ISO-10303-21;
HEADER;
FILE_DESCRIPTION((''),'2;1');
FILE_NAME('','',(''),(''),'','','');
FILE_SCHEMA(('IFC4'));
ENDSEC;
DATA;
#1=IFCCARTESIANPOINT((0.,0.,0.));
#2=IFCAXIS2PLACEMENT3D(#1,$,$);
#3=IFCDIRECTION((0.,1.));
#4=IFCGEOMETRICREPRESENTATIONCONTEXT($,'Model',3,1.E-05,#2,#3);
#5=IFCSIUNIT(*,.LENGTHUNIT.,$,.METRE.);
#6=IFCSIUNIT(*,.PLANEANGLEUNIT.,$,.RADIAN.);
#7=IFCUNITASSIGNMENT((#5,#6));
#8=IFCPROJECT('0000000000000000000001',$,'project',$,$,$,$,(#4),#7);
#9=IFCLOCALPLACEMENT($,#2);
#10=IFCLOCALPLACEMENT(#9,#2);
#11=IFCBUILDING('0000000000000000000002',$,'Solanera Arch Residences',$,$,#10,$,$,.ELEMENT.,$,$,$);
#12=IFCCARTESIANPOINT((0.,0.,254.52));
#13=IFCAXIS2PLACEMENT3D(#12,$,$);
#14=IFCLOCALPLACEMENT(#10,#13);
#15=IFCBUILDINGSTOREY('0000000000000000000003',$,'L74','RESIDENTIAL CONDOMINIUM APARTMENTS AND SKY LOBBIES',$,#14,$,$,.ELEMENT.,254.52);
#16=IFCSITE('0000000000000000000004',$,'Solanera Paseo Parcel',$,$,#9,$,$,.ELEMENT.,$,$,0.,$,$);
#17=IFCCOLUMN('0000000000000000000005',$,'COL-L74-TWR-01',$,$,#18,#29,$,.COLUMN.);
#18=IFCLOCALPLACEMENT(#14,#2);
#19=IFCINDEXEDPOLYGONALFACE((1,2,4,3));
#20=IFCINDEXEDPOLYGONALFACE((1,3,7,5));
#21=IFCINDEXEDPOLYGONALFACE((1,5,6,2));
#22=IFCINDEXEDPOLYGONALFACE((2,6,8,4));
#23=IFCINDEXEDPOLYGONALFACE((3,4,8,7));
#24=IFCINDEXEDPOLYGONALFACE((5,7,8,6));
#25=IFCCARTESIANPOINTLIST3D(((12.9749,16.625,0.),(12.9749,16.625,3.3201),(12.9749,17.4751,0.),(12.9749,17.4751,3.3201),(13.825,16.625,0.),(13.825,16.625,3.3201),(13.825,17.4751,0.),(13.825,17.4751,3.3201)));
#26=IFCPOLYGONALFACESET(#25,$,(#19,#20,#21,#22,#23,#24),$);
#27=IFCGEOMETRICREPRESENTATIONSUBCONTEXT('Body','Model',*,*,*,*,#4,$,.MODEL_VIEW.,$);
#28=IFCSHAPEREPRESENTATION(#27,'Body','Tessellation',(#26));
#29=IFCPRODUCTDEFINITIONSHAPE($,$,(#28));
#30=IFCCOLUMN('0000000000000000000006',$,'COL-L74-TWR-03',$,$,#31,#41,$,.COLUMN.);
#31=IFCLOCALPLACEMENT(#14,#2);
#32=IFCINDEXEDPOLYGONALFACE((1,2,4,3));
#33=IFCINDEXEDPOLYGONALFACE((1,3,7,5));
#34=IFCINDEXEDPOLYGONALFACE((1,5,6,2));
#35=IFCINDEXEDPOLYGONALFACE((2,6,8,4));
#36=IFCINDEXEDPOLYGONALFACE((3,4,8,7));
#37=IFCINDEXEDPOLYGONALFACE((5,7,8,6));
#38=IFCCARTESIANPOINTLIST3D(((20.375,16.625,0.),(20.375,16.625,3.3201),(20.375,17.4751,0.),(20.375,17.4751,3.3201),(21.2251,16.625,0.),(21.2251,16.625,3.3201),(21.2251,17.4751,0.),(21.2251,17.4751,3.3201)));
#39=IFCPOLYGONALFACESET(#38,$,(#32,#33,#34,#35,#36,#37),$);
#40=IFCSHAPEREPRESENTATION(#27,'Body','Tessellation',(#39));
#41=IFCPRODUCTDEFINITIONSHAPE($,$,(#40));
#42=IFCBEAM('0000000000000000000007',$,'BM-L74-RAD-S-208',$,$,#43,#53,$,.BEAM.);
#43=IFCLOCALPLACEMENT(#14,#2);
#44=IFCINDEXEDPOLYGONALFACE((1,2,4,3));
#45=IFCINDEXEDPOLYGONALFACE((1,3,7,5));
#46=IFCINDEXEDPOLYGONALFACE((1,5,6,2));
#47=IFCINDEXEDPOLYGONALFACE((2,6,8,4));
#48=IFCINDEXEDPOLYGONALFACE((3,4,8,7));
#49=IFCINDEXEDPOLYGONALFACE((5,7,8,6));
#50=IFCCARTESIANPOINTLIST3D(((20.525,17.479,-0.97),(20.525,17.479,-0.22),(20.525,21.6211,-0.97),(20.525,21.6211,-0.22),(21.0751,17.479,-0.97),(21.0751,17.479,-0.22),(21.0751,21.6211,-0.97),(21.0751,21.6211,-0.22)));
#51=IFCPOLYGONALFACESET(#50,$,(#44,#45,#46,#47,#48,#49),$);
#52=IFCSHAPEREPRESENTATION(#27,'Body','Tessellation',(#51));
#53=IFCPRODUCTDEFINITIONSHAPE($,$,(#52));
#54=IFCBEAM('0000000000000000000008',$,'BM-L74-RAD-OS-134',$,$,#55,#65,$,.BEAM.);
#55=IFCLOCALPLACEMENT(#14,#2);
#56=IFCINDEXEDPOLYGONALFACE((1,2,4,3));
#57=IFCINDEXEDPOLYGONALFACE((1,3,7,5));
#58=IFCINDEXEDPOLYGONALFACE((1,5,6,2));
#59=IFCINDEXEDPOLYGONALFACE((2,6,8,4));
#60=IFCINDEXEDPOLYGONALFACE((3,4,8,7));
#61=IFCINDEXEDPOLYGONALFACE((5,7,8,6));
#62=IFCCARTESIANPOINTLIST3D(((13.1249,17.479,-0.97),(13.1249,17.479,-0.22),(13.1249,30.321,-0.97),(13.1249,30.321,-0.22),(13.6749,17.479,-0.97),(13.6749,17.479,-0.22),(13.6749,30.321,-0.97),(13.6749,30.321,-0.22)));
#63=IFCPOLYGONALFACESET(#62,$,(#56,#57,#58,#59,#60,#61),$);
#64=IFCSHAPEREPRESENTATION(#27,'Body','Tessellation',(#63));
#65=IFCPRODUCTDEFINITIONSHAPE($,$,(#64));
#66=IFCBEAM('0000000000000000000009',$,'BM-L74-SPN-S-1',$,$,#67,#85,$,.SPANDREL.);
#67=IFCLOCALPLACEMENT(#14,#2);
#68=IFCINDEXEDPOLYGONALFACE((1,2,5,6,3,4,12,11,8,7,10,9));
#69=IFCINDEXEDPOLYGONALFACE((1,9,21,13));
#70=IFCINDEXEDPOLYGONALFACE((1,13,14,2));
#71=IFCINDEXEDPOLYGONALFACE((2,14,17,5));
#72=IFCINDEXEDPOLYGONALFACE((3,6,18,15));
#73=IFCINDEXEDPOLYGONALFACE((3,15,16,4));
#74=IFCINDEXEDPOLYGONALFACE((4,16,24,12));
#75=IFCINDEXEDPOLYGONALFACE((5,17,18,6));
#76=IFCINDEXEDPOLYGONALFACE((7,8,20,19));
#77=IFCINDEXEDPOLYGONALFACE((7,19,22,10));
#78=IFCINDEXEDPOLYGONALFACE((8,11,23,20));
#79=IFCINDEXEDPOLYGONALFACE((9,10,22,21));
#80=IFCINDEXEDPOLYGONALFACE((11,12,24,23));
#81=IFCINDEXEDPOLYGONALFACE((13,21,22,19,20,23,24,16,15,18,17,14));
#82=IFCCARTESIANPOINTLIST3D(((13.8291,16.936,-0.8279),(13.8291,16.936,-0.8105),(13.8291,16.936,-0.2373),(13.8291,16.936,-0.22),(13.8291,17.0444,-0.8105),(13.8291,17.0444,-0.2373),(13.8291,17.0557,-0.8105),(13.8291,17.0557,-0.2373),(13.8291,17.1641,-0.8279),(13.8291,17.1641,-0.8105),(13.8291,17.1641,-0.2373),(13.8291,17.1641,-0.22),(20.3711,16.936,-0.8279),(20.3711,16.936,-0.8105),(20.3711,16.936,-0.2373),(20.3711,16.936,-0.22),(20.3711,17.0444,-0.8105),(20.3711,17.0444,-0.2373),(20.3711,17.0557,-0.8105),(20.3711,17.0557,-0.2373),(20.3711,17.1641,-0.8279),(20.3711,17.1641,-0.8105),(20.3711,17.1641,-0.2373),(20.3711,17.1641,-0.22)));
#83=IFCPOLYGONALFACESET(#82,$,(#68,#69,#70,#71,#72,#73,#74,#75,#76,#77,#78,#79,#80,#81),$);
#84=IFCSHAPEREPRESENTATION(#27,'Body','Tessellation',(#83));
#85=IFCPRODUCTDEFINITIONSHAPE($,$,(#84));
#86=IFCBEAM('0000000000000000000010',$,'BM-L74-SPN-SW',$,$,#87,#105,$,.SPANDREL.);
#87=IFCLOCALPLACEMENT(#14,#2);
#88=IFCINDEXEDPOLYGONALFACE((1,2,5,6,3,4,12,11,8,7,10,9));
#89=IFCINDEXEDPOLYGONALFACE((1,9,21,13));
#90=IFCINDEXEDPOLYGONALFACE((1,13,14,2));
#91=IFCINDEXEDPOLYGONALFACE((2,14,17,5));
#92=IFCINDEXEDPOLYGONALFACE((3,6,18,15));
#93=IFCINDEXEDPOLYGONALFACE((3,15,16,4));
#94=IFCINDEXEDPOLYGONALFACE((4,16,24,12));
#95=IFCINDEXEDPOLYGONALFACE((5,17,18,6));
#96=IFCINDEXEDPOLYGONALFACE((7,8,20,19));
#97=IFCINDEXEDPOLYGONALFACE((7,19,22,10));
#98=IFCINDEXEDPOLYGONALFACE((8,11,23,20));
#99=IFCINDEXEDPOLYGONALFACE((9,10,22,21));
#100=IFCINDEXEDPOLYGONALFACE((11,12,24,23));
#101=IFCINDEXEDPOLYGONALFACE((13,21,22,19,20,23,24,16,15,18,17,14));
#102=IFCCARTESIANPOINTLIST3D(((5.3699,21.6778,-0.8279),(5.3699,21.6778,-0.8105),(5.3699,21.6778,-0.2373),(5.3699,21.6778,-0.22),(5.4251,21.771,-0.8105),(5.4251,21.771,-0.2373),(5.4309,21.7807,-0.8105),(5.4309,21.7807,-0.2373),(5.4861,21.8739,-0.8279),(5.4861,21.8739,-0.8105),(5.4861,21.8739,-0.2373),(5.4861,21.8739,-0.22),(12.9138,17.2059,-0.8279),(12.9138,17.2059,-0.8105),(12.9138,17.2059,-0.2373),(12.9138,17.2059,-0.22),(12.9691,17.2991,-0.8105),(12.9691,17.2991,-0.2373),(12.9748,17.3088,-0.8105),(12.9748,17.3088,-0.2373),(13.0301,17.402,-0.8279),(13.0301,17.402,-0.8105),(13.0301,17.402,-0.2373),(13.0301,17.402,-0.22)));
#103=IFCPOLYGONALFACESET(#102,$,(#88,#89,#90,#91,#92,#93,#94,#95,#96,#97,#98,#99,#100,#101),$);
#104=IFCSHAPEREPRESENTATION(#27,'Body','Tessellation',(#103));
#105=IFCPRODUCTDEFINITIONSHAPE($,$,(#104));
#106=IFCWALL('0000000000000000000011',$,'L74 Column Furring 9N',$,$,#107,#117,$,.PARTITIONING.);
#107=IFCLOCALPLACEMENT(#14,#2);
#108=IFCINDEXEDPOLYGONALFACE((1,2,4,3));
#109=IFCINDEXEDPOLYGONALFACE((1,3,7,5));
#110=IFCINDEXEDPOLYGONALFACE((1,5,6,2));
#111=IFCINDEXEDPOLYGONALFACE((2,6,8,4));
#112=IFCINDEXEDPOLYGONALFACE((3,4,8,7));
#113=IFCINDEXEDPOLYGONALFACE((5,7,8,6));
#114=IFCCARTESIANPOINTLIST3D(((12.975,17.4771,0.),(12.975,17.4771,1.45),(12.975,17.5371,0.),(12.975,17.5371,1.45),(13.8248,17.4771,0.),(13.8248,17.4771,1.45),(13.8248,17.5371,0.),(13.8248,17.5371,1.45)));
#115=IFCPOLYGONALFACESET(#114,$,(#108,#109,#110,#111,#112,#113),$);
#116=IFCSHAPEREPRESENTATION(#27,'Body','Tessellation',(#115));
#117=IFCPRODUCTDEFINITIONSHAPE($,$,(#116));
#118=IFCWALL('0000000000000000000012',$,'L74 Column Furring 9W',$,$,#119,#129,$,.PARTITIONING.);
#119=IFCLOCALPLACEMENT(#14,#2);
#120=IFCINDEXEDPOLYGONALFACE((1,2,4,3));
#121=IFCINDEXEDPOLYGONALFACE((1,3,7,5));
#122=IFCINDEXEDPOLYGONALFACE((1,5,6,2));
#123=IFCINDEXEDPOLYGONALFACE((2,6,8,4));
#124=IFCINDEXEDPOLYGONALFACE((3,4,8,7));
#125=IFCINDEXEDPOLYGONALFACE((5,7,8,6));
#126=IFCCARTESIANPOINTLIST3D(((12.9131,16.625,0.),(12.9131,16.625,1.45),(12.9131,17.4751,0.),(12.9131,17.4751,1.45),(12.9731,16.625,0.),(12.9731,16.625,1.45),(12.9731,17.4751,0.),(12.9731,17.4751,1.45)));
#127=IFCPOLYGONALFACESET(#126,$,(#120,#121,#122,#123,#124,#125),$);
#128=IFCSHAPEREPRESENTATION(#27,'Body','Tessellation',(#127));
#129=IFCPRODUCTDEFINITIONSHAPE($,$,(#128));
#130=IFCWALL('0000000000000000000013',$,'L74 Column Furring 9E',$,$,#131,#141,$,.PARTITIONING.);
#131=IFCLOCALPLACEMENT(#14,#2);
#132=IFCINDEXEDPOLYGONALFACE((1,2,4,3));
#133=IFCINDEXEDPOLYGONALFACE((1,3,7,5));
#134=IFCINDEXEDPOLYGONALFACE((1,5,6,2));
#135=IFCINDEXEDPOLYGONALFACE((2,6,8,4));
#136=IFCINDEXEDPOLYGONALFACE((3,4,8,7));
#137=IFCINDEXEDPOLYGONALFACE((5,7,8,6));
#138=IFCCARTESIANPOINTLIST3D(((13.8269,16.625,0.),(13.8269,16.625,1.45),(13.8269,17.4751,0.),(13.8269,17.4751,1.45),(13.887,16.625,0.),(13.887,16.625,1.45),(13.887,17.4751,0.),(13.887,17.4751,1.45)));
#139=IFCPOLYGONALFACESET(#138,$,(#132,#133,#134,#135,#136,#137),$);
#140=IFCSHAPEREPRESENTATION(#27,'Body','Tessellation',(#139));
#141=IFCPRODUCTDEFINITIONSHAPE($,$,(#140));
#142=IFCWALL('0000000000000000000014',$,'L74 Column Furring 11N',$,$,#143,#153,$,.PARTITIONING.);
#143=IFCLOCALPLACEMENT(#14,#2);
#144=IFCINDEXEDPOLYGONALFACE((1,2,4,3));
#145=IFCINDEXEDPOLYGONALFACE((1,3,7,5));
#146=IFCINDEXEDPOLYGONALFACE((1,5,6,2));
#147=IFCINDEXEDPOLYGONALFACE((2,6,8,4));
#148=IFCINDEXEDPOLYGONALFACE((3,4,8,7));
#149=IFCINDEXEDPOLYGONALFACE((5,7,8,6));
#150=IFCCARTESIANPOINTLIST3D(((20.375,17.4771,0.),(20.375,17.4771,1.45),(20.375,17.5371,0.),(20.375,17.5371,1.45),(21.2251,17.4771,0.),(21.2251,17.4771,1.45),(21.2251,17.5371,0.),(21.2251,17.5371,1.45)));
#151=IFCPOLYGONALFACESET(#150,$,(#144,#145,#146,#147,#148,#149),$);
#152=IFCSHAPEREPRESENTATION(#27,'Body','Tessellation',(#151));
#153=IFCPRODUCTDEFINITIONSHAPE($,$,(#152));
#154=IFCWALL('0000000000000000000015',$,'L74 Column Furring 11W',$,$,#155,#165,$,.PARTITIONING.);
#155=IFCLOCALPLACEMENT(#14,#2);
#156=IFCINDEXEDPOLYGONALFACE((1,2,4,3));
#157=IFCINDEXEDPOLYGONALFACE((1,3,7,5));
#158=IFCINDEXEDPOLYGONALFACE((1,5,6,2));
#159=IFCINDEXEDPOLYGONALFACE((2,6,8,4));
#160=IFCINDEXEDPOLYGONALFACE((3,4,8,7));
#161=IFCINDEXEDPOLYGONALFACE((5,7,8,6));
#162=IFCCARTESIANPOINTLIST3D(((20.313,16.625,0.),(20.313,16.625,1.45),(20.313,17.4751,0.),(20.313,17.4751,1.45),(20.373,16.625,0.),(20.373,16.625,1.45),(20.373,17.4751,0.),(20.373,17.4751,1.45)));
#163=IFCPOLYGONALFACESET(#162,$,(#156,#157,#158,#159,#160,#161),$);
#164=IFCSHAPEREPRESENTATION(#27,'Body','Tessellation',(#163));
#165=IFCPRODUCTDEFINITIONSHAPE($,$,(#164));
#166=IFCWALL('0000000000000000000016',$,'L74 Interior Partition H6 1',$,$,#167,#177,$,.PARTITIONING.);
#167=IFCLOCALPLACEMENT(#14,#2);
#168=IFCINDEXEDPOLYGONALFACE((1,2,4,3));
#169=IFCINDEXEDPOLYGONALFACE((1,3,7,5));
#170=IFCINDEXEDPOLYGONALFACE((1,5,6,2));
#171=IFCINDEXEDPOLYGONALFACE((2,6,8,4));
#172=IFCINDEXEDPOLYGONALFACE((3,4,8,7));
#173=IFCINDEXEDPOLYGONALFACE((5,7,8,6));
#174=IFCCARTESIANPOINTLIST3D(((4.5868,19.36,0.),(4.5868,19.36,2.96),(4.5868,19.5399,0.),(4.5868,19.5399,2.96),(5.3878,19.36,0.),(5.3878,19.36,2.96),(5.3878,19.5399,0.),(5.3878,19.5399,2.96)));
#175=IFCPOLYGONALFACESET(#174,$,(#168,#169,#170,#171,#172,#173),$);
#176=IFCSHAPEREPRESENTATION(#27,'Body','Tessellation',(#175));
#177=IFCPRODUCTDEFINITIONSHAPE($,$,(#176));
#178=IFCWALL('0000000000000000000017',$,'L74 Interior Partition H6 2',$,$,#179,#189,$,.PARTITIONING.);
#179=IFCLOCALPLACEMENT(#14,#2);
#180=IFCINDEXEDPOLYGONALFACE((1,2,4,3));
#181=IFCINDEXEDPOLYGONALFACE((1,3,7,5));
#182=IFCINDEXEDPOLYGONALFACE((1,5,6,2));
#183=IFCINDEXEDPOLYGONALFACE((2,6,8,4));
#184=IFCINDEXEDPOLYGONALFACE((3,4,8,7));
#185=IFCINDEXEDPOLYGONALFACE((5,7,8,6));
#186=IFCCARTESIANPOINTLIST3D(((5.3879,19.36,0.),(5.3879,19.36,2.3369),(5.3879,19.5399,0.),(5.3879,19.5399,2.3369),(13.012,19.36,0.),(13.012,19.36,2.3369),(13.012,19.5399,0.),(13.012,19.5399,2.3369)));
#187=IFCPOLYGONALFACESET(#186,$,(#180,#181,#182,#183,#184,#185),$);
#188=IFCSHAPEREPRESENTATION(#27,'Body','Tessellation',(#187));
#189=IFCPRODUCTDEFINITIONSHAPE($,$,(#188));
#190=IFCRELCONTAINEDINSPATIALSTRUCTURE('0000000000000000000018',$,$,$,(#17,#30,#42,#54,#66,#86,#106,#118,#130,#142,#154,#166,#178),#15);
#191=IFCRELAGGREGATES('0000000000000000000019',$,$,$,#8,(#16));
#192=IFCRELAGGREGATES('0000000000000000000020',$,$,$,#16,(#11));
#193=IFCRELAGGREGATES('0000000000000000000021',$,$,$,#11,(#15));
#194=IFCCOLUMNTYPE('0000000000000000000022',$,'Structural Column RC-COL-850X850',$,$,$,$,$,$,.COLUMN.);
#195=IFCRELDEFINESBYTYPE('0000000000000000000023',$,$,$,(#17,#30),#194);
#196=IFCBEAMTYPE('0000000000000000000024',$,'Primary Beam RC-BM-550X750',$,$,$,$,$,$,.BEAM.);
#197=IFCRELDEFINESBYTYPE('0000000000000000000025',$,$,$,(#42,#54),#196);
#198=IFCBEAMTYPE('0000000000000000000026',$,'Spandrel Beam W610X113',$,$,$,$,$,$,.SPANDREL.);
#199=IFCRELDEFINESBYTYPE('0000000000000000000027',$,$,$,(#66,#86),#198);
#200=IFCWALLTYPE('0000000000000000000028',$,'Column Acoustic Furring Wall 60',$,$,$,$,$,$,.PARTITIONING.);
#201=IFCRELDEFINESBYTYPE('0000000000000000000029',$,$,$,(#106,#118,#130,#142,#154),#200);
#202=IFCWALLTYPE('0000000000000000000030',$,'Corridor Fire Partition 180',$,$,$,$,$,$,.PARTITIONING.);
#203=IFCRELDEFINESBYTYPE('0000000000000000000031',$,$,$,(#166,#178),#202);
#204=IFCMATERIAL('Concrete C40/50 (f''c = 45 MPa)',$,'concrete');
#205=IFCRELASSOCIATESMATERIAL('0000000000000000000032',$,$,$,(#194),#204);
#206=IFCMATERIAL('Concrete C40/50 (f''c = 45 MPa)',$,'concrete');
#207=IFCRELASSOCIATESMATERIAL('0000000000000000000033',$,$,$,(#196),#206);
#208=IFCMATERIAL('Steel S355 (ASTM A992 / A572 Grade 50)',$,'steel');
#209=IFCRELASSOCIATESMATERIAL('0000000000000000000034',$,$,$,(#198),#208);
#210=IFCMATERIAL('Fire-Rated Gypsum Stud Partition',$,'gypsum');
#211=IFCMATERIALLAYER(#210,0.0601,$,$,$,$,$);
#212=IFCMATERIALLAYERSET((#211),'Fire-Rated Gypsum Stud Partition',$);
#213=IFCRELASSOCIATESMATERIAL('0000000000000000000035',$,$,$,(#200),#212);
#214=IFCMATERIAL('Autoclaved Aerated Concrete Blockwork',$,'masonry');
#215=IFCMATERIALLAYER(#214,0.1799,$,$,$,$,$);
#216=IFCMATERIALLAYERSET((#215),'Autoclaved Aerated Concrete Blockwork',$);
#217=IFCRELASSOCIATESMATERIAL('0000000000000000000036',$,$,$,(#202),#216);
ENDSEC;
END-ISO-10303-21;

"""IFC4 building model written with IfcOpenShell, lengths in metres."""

from ifc_helpers import new_model, si_unit, direction, frame, frame_2d, origin, origin_2d, place, context, subcontext, project, spatial, rectangle, i_section, extrude, material, layer, layer_set, material_profile, profile_set, type_object, element, save


model = new_model("IFC4")

# Units and contexts
model_context = context("Model", 3, precision=1e-05, world=origin(), true_north=direction((0.0, 1.0)))
body_context = subcontext(model_context, "Body", "Model", "MODEL_VIEW")
ifc_project = project(units=[si_unit("LENGTHUNIT", "METRE"), si_unit("PLANEANGLEUNIT", "RADIAN")], contexts=[model_context])

# Site, building, storey
site_placement = place(None, origin())
site = spatial("IfcSite", under=ifc_project, at=site_placement, Name="Solanera Paseo Parcel", CompositionType="ELEMENT", RefElevation=0.0)
building_placement = place(site_placement, origin())
building = spatial("IfcBuilding", under=site, at=building_placement, Name="Solanera Arch Residences", CompositionType="ELEMENT")
storey_placement = place(building_placement, frame((0.0, 0.0, 254.52)))
storey = spatial("IfcBuildingStorey", under=building, at=storey_placement, Name="L74", Description="RESIDENTIAL CONDOMINIUM APARTMENTS AND SKY LOBBIES", CompositionType="ELEMENT", Elevation=254.52)

# Columns
ifc_material_1 = material(Name="Concrete C40/50 (f'c = 45 MPa)", Category="concrete")
ifc_material_profile_1 = material_profile(ifc_material_1, rectangle(XDim=0.8501, YDim=0.8501, at=origin_2d()))
ifc_profile_set_1 = profile_set([ifc_material_profile_1], Name="Concrete C40/50 (f'c = 45 MPa)")
column_type = type_object("IfcColumnType", Name="Structural Column RC-COL-850X850", PredefinedType="COLUMN", material=ifc_profile_set_1)
for number, where, z_axis, x_axis, name in (
    (1, (13.3999, 17.05, 0.0), (0.0, 0.0, 1.0), (1.0, 0.0, 0.0), "COL-L74-TWR-01"),
    (2, (20.8, 17.05, 0.0), (0.0, 0.0, 1.0), (1.0, 0.0, 0.0), "COL-L74-TWR-03"),
):
    element("IfcColumn", number, at=place(storey_placement, frame(where, z_axis=z_axis, x_axis=x_axis)), inside=storey, type_object=column_type, Name=name, PredefinedType="COLUMN", context=body_context, shape_type="SweptSolid", body=[
        extrude(rectangle(XDim=0.8501, YDim=0.8501, at=origin_2d()), origin(), (0.0, 0.0, 1.0), 3.3201),
    ])

# Beams
ifc_material_2 = material(Name="Concrete C40/50 (f'c = 45 MPa)", Category="concrete")
ifc_material_profile_2 = material_profile(ifc_material_2, rectangle(XDim=0.55, YDim=0.75, at=origin_2d()))
ifc_profile_set_2 = profile_set([ifc_material_profile_2], Name="Concrete C40/50 (f'c = 45 MPa)")
beam_type_1 = type_object("IfcBeamType", Name="Primary Beam RC-BM-550X750", PredefinedType="BEAM", material=ifc_profile_set_2)
beam_1_placement = place(storey_placement, frame((20.8, 17.479, -0.595), z_axis=(0.0, 1.0, 0.0), x_axis=(-1.0, 0.0, 0.0)))
element("IfcBeam", 3, at=beam_1_placement, inside=storey, type_object=beam_type_1, Name="BM-L74-RAD-S-208", PredefinedType="BEAM", context=body_context, shape_type="SweptSolid", body=[
    extrude(rectangle(XDim=0.55, YDim=0.75, at=origin_2d()), origin(), (0.0, 0.0, 1.0), 4.1421),
])
beam_2_placement = place(storey_placement, frame((13.3999, 17.479, -0.595), z_axis=(0.0, 1.0, 0.0), x_axis=(-1.0, 0.0, 0.0)))
element("IfcBeam", 4, at=beam_2_placement, inside=storey, type_object=beam_type_1, Name="BM-L74-RAD-OS-134", PredefinedType="BEAM", context=body_context, shape_type="SweptSolid", body=[
    extrude(rectangle(XDim=0.55, YDim=0.75, at=origin_2d()), origin(), (0.0, 0.0, 1.0), 12.842),
])
ifc_material_3 = material(Name="Steel S355 (ASTM A992 / A572 Grade 50)", Category="steel")
ifc_material_profile_3 = material_profile(ifc_material_3, i_section(OverallWidth=0.228, OverallDepth=0.6079, WebThickness=0.0112, FlangeThickness=0.0173, at=origin_2d()))
ifc_profile_set_3 = profile_set([ifc_material_profile_3], Name="Steel S355 (ASTM A992 / A572 Grade 50)")
beam_type_2 = type_object("IfcBeamType", Name="Spandrel Beam W610X113", PredefinedType="SPANDREL", material=ifc_profile_set_3)
beam_3_placement = place(storey_placement, frame((13.8291, 17.05, -0.5239), z_axis=(1.0, 0.0, 0.0), x_axis=(0.0, 1.0, 0.0)))
element("IfcBeam", 5, at=beam_3_placement, inside=storey, type_object=beam_type_2, Name="BM-L74-SPN-S-1", PredefinedType="SPANDREL", context=body_context, shape_type="SweptSolid", body=[
    extrude(i_section(OverallWidth=0.228, OverallDepth=0.6079, WebThickness=0.0112, FlangeThickness=0.0173, at=origin_2d()), origin(), (0.0, 0.0, 1.0), 6.542),
])
beam_4_placement = place(storey_placement, frame((12.9719, 17.304, -0.5239), z_axis=(-0.86022, 0.509924, 0.0), x_axis=(-0.509924, -0.86022, 0.0)))
element("IfcBeam", 6, at=beam_4_placement, inside=storey, type_object=beam_type_2, Name="BM-L74-SPN-SW", PredefinedType="SPANDREL", context=body_context, shape_type="SweptSolid", body=[
    extrude(i_section(OverallWidth=0.228, OverallDepth=0.6079, WebThickness=0.0112, FlangeThickness=0.0173, at=origin_2d()), origin(), (0.0, 0.0, 1.0), 8.7698),
])

# Walls
ifc_material_4 = material(Name="Fire-Rated Gypsum Stud Partition", Category="gypsum")
ifc_layer_1 = layer(ifc_material_4, 0.0601)
ifc_layer_set_1 = layer_set([ifc_layer_1], Name="Fire-Rated Gypsum Stud Partition")
wall_type_1 = type_object("IfcWallType", Name="Column Acoustic Furring Wall 60", PredefinedType="PARTITIONING", material=ifc_layer_set_1)
wall_1_placement = place(storey_placement, frame((12.9751, 17.5071, 0.0), z_axis=(0.0, 0.0, 1.0), x_axis=(1.0, 0.0, 0.0)))
element("IfcWall", 7, at=wall_1_placement, inside=storey, type_object=wall_type_1, Name="L74 Column Furring 9N", PredefinedType="PARTITIONING", context=body_context, shape_type="SweptSolid", body=[
    extrude(rectangle(XDim=0.8499, YDim=0.0601, at=frame_2d((0.4248, 0.0))), origin(), (0.0, 0.0, 1.0), 1.45),
])
for number, where, z_axis, x_axis, name in (
    (8, (12.9431, 16.625, 0.0), (0.0, 0.0, 1.0), (0.0, 1.0, 0.0), "L74 Column Furring 9W"),
    (9, (13.8569, 16.625, 0.0), (0.0, 0.0, 1.0), (0.0, 1.0, 0.0), "L74 Column Furring 9E"),
    (10, (20.375, 17.5071, 0.0), (0.0, 0.0, 1.0), (1.0, 0.0, 0.0), "L74 Column Furring 11N"),
    (11, (20.343, 16.625, 0.0), (0.0, 0.0, 1.0), (0.0, 1.0, 0.0), "L74 Column Furring 11W"),
):
    element("IfcWall", number, at=place(storey_placement, frame(where, z_axis=z_axis, x_axis=x_axis)), inside=storey, type_object=wall_type_1, Name=name, PredefinedType="PARTITIONING", context=body_context, shape_type="SweptSolid", body=[
        extrude(rectangle(XDim=0.8501, YDim=0.0601, at=frame_2d((0.425, 0.0))), origin(), (0.0, 0.0, 1.0), 1.45),
    ])
ifc_material_5 = material(Name="Autoclaved Aerated Concrete Blockwork", Category="masonry")
ifc_layer_2 = layer(ifc_material_5, 0.1799)
ifc_layer_set_2 = layer_set([ifc_layer_2], Name="Autoclaved Aerated Concrete Blockwork")
wall_type_2 = type_object("IfcWallType", Name="Corridor Fire Partition 180", PredefinedType="PARTITIONING", material=ifc_layer_set_2)
wall_2_placement = place(storey_placement, frame((4.5869, 19.45, 0.0), z_axis=(0.0, 0.0, 1.0), x_axis=(1.0, 0.0, 0.0)))
element("IfcWall", 12, at=wall_2_placement, inside=storey, type_object=wall_type_2, Name="L74 Interior Partition H6 1", PredefinedType="PARTITIONING", context=body_context, shape_type="SweptSolid", body=[
    extrude(rectangle(XDim=0.801, YDim=0.1799, at=frame_2d((0.4004, 0.0))), origin(), (0.0, 0.0, 1.0), 2.96),
])
wall_3_placement = place(storey_placement, frame((5.3879, 19.45, 0.0), z_axis=(0.0, 0.0, 1.0), x_axis=(1.0, 0.0, 0.0)))
element("IfcWall", 13, at=wall_3_placement, inside=storey, type_object=wall_type_2, Name="L74 Interior Partition H6 2", PredefinedType="PARTITIONING", context=body_context, shape_type="SweptSolid", body=[
    extrude(rectangle(XDim=7.624, YDim=0.1799, at=frame_2d((3.812, 0.0))), origin(), (0.0, 0.0, 1.0), 2.3369),
])

save(model, "model.ifc")
